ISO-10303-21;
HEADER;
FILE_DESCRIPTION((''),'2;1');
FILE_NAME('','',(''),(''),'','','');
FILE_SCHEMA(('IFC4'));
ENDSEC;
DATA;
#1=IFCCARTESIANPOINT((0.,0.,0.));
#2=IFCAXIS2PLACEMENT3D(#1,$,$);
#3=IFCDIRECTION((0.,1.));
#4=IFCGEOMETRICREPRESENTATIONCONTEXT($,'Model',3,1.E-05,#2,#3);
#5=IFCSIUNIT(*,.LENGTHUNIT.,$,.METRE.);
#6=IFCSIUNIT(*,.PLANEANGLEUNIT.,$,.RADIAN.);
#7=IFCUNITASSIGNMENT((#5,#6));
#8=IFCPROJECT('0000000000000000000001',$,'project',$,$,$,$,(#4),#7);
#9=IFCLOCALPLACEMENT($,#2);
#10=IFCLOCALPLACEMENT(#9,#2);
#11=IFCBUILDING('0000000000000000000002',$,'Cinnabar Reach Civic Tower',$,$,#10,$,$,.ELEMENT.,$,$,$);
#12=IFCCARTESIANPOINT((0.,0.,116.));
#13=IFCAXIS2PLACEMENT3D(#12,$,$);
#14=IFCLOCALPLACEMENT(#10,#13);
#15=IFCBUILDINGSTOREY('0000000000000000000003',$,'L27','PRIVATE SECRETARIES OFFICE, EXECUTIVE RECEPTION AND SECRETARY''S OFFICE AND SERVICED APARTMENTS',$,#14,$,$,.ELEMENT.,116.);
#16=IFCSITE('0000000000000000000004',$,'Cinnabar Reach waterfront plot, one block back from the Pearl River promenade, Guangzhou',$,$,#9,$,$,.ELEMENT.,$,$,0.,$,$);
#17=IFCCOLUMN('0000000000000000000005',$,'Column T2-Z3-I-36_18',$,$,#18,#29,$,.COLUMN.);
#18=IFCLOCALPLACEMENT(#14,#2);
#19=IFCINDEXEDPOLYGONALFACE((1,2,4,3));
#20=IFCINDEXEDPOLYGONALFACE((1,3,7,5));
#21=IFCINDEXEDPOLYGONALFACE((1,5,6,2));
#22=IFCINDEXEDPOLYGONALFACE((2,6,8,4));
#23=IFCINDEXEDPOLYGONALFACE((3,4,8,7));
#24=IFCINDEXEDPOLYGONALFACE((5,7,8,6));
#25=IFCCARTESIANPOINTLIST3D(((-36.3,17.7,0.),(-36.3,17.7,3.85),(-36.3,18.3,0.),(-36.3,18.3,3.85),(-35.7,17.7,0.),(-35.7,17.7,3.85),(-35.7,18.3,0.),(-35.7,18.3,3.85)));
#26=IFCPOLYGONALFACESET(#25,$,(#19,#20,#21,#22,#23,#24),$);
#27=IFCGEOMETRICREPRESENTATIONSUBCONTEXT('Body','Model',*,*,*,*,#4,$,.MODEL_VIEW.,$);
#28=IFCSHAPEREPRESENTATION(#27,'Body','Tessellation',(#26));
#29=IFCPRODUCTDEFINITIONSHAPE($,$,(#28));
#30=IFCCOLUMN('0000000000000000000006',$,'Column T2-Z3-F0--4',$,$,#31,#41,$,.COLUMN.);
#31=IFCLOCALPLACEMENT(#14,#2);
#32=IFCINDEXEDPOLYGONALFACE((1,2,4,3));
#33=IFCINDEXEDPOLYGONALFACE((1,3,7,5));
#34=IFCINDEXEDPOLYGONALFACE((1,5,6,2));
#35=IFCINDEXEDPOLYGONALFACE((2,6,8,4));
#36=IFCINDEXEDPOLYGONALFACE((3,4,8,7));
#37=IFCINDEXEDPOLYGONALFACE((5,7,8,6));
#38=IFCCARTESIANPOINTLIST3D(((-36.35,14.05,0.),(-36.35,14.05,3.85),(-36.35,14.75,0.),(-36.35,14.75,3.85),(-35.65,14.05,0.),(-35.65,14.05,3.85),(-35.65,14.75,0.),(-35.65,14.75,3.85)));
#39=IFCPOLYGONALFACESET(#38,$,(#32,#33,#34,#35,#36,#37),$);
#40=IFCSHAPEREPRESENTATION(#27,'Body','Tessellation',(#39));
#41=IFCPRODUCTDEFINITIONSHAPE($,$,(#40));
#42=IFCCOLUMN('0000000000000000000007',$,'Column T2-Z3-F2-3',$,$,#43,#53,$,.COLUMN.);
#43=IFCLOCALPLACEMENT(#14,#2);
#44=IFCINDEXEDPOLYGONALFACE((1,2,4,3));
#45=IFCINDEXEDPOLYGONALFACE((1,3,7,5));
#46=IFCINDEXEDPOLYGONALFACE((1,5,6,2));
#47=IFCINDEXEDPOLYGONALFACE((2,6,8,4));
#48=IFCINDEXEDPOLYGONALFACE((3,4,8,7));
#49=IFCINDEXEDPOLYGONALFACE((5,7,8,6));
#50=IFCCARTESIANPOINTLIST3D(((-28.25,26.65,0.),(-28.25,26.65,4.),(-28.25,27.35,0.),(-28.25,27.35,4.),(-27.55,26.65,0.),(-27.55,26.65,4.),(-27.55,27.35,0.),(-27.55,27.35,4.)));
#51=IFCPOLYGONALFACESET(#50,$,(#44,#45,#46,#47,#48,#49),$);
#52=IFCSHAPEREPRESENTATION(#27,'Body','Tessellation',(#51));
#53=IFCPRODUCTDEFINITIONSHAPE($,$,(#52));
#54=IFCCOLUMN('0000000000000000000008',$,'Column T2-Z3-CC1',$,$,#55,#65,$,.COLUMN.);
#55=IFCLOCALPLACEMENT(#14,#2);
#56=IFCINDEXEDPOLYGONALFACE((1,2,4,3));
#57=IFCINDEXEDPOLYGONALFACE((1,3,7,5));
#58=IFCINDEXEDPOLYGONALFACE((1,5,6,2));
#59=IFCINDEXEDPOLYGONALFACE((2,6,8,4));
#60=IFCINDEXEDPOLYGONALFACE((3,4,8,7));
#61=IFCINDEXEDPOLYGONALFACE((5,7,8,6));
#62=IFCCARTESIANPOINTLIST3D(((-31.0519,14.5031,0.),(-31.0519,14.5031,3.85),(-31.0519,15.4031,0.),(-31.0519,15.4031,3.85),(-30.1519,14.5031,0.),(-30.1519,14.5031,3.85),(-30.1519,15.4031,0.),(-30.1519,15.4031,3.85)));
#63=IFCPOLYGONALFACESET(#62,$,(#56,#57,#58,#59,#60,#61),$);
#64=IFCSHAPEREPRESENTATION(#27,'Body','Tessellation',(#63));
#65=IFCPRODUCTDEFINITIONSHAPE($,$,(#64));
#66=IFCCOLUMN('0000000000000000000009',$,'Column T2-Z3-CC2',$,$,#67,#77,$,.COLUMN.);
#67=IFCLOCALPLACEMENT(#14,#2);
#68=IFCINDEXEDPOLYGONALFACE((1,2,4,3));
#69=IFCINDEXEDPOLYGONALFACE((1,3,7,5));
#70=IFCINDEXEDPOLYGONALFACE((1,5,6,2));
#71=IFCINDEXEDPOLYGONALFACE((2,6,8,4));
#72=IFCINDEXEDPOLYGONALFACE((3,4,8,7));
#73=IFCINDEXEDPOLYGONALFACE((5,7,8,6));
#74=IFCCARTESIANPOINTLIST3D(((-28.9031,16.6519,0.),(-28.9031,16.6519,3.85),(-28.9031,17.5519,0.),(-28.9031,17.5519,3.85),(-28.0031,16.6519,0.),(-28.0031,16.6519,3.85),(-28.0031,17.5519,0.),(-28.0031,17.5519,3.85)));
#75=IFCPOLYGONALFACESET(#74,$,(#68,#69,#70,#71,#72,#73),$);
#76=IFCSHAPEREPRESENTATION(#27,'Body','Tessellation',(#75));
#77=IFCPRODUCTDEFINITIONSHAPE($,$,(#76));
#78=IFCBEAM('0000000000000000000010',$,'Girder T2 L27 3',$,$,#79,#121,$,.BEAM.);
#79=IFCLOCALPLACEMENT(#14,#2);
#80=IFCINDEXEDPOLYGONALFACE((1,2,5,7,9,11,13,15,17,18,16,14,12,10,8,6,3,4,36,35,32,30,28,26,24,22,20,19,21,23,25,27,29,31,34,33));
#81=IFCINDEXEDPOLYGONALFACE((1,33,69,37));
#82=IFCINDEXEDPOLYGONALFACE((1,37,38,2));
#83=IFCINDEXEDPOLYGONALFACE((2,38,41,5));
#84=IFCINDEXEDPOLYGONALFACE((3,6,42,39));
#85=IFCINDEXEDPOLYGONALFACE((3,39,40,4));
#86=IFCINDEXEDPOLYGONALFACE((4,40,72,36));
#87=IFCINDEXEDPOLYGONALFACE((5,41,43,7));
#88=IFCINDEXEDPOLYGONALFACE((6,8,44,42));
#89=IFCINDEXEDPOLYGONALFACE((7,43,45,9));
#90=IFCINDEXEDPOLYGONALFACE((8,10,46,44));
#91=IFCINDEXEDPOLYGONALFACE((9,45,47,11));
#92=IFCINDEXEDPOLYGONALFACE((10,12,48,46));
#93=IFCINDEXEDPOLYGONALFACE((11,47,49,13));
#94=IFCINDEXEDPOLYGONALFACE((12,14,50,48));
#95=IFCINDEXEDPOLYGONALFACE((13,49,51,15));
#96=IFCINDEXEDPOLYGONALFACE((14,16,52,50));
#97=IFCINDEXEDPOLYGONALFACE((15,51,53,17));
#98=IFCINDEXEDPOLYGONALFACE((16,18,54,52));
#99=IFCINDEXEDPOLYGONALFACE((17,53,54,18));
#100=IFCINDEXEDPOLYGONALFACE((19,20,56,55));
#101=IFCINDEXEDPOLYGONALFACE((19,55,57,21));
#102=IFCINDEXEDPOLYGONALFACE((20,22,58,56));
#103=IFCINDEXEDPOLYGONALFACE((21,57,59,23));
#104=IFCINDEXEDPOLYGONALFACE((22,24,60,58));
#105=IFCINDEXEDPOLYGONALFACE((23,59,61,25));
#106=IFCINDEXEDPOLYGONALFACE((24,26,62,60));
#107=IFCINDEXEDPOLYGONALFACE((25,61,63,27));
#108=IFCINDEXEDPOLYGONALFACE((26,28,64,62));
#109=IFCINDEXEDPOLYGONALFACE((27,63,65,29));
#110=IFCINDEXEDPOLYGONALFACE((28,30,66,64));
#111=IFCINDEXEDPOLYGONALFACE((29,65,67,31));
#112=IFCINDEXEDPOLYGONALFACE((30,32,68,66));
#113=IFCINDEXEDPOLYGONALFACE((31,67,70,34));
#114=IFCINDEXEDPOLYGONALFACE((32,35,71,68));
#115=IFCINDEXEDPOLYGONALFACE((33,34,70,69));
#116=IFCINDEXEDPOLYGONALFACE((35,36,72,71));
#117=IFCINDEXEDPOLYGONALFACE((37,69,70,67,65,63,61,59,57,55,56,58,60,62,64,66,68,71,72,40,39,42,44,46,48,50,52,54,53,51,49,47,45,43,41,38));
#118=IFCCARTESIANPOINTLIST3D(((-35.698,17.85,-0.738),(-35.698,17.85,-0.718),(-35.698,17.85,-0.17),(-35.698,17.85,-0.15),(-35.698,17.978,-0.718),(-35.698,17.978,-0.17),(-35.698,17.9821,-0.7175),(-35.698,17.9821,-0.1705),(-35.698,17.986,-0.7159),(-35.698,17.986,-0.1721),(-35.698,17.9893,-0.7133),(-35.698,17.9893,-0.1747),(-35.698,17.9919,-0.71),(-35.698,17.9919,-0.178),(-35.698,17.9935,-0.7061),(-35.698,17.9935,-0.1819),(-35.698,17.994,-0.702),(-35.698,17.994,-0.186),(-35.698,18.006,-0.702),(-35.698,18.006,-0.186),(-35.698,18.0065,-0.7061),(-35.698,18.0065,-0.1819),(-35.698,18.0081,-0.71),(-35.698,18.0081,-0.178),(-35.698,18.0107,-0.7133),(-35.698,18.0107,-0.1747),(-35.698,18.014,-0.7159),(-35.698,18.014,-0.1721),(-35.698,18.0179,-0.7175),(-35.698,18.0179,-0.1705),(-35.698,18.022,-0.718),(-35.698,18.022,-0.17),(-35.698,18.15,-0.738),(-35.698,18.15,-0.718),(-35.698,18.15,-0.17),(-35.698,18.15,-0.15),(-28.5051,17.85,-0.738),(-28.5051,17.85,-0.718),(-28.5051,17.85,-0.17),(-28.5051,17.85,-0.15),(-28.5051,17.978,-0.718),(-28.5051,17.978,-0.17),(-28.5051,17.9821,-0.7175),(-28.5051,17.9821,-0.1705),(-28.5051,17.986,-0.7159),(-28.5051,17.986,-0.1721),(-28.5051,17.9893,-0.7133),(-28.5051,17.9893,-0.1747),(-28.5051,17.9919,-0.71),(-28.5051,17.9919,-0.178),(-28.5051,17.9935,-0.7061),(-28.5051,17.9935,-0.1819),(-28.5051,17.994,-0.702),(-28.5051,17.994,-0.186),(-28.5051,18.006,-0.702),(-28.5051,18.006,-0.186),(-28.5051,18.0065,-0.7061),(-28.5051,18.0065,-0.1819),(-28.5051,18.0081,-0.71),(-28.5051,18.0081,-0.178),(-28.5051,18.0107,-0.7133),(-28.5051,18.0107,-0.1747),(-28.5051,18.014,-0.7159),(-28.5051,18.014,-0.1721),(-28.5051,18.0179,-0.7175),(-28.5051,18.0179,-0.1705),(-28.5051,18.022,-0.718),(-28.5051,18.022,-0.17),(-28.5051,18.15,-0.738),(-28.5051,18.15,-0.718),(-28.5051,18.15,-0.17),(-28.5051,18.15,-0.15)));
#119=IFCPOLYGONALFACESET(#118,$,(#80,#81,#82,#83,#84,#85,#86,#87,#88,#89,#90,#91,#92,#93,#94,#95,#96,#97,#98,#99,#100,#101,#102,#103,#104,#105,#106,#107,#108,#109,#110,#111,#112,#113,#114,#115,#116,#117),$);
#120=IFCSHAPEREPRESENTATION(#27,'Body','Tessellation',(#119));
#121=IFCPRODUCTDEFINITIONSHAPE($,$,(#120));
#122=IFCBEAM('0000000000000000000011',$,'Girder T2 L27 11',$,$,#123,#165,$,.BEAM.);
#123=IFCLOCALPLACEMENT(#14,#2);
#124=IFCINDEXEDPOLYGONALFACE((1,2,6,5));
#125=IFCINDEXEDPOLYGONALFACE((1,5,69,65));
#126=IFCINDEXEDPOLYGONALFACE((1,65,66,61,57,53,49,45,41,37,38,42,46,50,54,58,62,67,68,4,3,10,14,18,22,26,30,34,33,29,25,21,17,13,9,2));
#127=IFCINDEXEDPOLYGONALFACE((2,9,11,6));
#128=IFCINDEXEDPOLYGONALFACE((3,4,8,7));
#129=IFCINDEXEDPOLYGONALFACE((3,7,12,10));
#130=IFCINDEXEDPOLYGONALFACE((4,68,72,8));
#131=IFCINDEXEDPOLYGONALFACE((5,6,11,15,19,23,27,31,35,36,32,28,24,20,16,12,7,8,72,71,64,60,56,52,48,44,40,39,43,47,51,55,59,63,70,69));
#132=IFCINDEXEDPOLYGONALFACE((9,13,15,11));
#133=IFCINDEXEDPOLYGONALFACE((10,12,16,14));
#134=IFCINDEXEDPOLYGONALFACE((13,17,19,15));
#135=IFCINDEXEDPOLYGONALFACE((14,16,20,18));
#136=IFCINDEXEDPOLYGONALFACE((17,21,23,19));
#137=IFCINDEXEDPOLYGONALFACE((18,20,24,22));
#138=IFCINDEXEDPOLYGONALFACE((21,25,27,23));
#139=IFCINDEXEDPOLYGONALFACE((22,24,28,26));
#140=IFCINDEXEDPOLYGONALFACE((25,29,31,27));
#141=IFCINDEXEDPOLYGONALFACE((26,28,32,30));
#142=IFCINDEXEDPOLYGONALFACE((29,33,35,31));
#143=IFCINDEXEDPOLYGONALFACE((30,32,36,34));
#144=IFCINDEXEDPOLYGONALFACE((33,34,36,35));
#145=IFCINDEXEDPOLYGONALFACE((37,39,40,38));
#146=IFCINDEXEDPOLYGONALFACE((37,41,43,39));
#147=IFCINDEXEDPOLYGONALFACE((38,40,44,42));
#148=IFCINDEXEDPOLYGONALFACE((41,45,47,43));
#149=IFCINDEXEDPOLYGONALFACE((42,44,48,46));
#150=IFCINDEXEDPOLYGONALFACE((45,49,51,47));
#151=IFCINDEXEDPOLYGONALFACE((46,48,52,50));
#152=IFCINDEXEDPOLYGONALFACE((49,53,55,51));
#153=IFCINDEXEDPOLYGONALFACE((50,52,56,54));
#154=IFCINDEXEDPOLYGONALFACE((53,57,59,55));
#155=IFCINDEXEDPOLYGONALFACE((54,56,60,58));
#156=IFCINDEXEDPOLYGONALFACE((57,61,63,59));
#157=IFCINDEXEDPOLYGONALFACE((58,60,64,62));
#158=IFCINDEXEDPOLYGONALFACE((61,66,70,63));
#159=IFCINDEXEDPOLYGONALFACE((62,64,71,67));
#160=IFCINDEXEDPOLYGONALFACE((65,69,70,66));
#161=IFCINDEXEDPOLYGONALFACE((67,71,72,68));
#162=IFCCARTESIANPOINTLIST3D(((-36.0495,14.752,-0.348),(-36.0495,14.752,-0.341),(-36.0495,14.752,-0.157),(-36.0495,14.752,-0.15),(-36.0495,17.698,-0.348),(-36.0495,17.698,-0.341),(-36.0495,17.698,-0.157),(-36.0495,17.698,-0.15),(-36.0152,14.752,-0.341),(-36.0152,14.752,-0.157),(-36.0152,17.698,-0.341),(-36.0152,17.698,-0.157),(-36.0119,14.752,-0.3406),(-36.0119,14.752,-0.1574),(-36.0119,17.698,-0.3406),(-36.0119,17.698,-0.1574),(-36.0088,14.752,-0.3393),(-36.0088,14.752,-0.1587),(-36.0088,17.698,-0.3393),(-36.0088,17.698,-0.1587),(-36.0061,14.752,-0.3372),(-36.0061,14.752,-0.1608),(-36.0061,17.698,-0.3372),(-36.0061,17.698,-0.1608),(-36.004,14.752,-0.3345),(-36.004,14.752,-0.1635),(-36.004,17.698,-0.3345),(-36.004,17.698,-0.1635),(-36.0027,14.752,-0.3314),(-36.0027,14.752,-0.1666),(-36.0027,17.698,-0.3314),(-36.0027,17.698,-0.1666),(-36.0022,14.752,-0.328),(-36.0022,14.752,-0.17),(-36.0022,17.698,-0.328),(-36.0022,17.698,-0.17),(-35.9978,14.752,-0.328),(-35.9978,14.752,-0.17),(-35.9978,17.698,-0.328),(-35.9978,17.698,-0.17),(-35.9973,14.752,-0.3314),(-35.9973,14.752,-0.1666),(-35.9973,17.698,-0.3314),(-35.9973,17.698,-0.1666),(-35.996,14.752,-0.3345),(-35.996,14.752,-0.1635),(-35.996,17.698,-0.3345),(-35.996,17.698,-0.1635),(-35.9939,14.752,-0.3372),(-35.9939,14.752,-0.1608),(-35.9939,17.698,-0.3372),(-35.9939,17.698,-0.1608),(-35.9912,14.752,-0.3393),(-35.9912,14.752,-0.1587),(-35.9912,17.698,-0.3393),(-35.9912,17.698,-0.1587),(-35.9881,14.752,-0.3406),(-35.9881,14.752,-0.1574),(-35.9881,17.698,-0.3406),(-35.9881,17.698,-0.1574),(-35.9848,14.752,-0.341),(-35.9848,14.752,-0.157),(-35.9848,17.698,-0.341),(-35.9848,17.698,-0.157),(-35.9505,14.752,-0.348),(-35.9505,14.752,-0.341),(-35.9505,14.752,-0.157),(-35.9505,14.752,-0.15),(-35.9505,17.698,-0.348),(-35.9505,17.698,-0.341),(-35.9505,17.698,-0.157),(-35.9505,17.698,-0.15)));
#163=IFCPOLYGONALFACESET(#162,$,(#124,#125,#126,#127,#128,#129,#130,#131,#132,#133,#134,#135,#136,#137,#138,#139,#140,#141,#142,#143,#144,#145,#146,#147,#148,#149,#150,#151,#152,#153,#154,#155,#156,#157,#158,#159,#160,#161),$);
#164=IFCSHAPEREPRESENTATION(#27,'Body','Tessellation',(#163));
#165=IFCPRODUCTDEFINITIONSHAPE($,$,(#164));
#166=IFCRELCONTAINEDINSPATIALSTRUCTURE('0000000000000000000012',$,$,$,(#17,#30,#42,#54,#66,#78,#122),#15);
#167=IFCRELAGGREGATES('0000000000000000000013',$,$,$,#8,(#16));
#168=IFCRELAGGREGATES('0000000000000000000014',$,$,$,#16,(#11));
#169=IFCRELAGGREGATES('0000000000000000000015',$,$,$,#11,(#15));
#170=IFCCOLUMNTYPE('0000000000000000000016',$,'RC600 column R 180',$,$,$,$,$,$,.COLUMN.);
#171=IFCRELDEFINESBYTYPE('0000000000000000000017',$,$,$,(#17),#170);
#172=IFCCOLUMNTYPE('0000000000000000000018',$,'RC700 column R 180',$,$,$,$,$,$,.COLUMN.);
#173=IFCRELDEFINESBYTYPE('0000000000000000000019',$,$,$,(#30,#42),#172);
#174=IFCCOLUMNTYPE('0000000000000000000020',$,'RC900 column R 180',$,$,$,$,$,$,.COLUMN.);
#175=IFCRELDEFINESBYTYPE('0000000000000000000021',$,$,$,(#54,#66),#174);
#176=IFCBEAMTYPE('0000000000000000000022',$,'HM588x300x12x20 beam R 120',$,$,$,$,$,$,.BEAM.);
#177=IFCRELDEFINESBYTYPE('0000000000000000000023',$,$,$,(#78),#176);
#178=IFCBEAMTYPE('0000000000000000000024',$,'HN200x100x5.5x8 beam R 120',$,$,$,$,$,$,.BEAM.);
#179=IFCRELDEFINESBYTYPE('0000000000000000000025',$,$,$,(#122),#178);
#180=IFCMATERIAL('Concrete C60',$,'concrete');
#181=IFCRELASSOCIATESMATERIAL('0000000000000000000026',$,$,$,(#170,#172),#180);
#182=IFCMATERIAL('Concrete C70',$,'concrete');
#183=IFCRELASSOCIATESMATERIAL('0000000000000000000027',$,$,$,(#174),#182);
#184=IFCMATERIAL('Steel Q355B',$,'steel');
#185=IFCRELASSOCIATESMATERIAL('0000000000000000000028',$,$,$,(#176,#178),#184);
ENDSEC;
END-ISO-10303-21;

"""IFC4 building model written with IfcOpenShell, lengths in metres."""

from ifc_helpers import new_model, si_unit, direction, frame, origin, origin_2d, place, context, subcontext, project, spatial, rectangle, i_section, extrude, material, material_profile, profile_set, type_object, element, save


model = new_model("IFC4")

# Units and contexts
model_context = context("Model", 3, precision=1e-05, world=origin(), true_north=direction((0.0, 1.0)))
body_context = subcontext(model_context, "Body", "Model", "MODEL_VIEW")
ifc_project = project(units=[si_unit("LENGTHUNIT", "METRE"), si_unit("PLANEANGLEUNIT", "RADIAN")], contexts=[model_context])

# Site, building, storey
site_placement = place(None, origin())
site = spatial("IfcSite", under=ifc_project, at=site_placement, Name="Cinnabar Reach waterfront plot, one block back from the Pearl River promenade, Guangzhou", CompositionType="ELEMENT", RefElevation=0.0)
building_placement = place(site_placement, origin())
building = spatial("IfcBuilding", under=site, at=building_placement, Name="Cinnabar Reach Civic Tower", CompositionType="ELEMENT")
storey_placement = place(building_placement, frame((0.0, 0.0, 116.0)))
storey = spatial("IfcBuildingStorey", under=building, at=storey_placement, Name="L27", Description="PRIVATE SECRETARIES OFFICE, EXECUTIVE RECEPTION AND SECRETARY'S OFFICE AND SERVICED APARTMENTS", CompositionType="ELEMENT", Elevation=116.0)

# Columns
ifc_material_1 = material(Name="Concrete C60", Category="concrete")
ifc_material_profile_1 = material_profile(ifc_material_1, rectangle(XDim=0.6, YDim=0.6, at=origin_2d()), Name="RC600")
ifc_profile_set_1 = profile_set([ifc_material_profile_1], Name="Concrete C60")
column_type_1 = type_object("IfcColumnType", Name="RC600 column R 180", PredefinedType="COLUMN", material=ifc_profile_set_1)
column_1_placement = place(storey_placement, frame((-36.0, 18.0, 0.0), z_axis=(0.0, 0.0, 1.0), x_axis=(1.0, 0.0, 0.0)))
element("IfcColumn", 1, at=column_1_placement, inside=storey, type_object=column_type_1, Name="Column T2-Z3-I-36_18", PredefinedType="COLUMN", context=body_context, shape_type="SweptSolid", body=[
    extrude(rectangle(XDim=0.6, YDim=0.6, at=origin_2d()), origin(), (0.0, 0.0, 1.0), 3.85),
])
ifc_material_profile_2 = material_profile(ifc_material_1, rectangle(XDim=0.7, YDim=0.7, at=origin_2d()), Name="RC700")
ifc_profile_set_2 = profile_set([ifc_material_profile_2], Name="Concrete C60")
column_type_2 = type_object("IfcColumnType", Name="RC700 column R 180", PredefinedType="COLUMN", material=ifc_profile_set_2)
column_2_placement = place(storey_placement, frame((-36.0, 14.4, 0.0), z_axis=(0.0, 0.0, 1.0), x_axis=(1.0, 0.0, 0.0)))
element("IfcColumn", 2, at=column_2_placement, inside=storey, type_object=column_type_2, Name="Column T2-Z3-F0--4", PredefinedType="COLUMN", context=body_context, shape_type="SweptSolid", body=[
    extrude(rectangle(XDim=0.7, YDim=0.7, at=origin_2d()), origin(), (0.0, 0.0, 1.0), 3.85),
])
column_3_placement = place(storey_placement, frame((-27.9, 27.0, 0.0), z_axis=(0.0, 0.0, 1.0), x_axis=(1.0, 0.0, 0.0)))
element("IfcColumn", 3, at=column_3_placement, inside=storey, type_object=column_type_2, Name="Column T2-Z3-F2-3", PredefinedType="COLUMN", context=body_context, shape_type="SweptSolid", body=[
    extrude(rectangle(XDim=0.7, YDim=0.7, at=origin_2d()), origin(), (0.0, 0.0, 1.0), 4.0),
])
ifc_material_2 = material(Name="Concrete C70", Category="concrete")
ifc_material_profile_3 = material_profile(ifc_material_2, rectangle(XDim=0.9, YDim=0.9, at=origin_2d()), Name="RC900")
ifc_profile_set_3 = profile_set([ifc_material_profile_3], Name="Concrete C70")
column_type_3 = type_object("IfcColumnType", Name="RC900 column R 180", PredefinedType="COLUMN", material=ifc_profile_set_3)
for number, where, z_axis, x_axis, name in (
    (4, (-30.6019, 14.9531, 0.0), (0.0, 0.0, 1.0), (1.0, 0.0, 0.0), "Column T2-Z3-CC1"),
    (5, (-28.4531, 17.1019, 0.0), (0.0, 0.0, 1.0), (1.0, 0.0, 0.0), "Column T2-Z3-CC2"),
):
    element("IfcColumn", number, at=place(storey_placement, frame(where, z_axis=z_axis, x_axis=x_axis)), inside=storey, type_object=column_type_3, Name=name, PredefinedType="COLUMN", context=body_context, shape_type="SweptSolid", body=[
        extrude(rectangle(XDim=0.9, YDim=0.9, at=origin_2d()), origin(), (0.0, 0.0, 1.0), 3.85),
    ])

# Beams
ifc_material_3 = material(Name="Steel Q355B", Category="steel")
ifc_material_profile_4 = material_profile(ifc_material_3, i_section(OverallWidth=0.3, OverallDepth=0.588, WebThickness=0.012, FlangeThickness=0.02, FilletRadius=0.016, at=origin_2d()), Name="HM588x300x12x20")
ifc_profile_set_4 = profile_set([ifc_material_profile_4], Name="Steel Q355B")
beam_type_1 = type_object("IfcBeamType", Name="HM588x300x12x20 beam R 120", PredefinedType="BEAM", material=ifc_profile_set_4)
beam_1_placement = place(storey_placement, frame((-35.698, 18.0, -0.444), z_axis=(1.0, 0.0, 0.0), x_axis=(0.0, 1.0, 0.0)))
element("IfcBeam", 6, at=beam_1_placement, inside=storey, type_object=beam_type_1, Name="Girder T2 L27 3", PredefinedType="BEAM", context=body_context, shape_type="SweptSolid", body=[
    extrude(i_section(OverallWidth=0.3, OverallDepth=0.588, WebThickness=0.012, FlangeThickness=0.02, FilletRadius=0.016, at=origin_2d()), origin(), (0.0, 0.0, 1.0), 7.1929),
])
ifc_material_profile_5 = material_profile(ifc_material_3, i_section(OverallWidth=0.099, OverallDepth=0.198, WebThickness=0.0045, FlangeThickness=0.007, FilletRadius=0.013, at=origin_2d()), Name="HN200x100x5.5x8")
ifc_profile_set_5 = profile_set([ifc_material_profile_5], Name="Steel Q355B")
beam_type_2 = type_object("IfcBeamType", Name="HN200x100x5.5x8 beam R 120", PredefinedType="BEAM", material=ifc_profile_set_5)
beam_2_placement = place(storey_placement, frame((-36.0, 14.752, -0.249), z_axis=(0.0, 1.0, 0.0), x_axis=(-1.0, 0.0, 0.0)))
element("IfcBeam", 7, at=beam_2_placement, inside=storey, type_object=beam_type_2, Name="Girder T2 L27 11", PredefinedType="BEAM", context=body_context, shape_type="SweptSolid", body=[
    extrude(i_section(OverallWidth=0.099, OverallDepth=0.198, WebThickness=0.0045, FlangeThickness=0.007, FilletRadius=0.013, at=origin_2d()), origin(), (0.0, 0.0, 1.0), 2.946),
])

save(model, "model.ifc")
